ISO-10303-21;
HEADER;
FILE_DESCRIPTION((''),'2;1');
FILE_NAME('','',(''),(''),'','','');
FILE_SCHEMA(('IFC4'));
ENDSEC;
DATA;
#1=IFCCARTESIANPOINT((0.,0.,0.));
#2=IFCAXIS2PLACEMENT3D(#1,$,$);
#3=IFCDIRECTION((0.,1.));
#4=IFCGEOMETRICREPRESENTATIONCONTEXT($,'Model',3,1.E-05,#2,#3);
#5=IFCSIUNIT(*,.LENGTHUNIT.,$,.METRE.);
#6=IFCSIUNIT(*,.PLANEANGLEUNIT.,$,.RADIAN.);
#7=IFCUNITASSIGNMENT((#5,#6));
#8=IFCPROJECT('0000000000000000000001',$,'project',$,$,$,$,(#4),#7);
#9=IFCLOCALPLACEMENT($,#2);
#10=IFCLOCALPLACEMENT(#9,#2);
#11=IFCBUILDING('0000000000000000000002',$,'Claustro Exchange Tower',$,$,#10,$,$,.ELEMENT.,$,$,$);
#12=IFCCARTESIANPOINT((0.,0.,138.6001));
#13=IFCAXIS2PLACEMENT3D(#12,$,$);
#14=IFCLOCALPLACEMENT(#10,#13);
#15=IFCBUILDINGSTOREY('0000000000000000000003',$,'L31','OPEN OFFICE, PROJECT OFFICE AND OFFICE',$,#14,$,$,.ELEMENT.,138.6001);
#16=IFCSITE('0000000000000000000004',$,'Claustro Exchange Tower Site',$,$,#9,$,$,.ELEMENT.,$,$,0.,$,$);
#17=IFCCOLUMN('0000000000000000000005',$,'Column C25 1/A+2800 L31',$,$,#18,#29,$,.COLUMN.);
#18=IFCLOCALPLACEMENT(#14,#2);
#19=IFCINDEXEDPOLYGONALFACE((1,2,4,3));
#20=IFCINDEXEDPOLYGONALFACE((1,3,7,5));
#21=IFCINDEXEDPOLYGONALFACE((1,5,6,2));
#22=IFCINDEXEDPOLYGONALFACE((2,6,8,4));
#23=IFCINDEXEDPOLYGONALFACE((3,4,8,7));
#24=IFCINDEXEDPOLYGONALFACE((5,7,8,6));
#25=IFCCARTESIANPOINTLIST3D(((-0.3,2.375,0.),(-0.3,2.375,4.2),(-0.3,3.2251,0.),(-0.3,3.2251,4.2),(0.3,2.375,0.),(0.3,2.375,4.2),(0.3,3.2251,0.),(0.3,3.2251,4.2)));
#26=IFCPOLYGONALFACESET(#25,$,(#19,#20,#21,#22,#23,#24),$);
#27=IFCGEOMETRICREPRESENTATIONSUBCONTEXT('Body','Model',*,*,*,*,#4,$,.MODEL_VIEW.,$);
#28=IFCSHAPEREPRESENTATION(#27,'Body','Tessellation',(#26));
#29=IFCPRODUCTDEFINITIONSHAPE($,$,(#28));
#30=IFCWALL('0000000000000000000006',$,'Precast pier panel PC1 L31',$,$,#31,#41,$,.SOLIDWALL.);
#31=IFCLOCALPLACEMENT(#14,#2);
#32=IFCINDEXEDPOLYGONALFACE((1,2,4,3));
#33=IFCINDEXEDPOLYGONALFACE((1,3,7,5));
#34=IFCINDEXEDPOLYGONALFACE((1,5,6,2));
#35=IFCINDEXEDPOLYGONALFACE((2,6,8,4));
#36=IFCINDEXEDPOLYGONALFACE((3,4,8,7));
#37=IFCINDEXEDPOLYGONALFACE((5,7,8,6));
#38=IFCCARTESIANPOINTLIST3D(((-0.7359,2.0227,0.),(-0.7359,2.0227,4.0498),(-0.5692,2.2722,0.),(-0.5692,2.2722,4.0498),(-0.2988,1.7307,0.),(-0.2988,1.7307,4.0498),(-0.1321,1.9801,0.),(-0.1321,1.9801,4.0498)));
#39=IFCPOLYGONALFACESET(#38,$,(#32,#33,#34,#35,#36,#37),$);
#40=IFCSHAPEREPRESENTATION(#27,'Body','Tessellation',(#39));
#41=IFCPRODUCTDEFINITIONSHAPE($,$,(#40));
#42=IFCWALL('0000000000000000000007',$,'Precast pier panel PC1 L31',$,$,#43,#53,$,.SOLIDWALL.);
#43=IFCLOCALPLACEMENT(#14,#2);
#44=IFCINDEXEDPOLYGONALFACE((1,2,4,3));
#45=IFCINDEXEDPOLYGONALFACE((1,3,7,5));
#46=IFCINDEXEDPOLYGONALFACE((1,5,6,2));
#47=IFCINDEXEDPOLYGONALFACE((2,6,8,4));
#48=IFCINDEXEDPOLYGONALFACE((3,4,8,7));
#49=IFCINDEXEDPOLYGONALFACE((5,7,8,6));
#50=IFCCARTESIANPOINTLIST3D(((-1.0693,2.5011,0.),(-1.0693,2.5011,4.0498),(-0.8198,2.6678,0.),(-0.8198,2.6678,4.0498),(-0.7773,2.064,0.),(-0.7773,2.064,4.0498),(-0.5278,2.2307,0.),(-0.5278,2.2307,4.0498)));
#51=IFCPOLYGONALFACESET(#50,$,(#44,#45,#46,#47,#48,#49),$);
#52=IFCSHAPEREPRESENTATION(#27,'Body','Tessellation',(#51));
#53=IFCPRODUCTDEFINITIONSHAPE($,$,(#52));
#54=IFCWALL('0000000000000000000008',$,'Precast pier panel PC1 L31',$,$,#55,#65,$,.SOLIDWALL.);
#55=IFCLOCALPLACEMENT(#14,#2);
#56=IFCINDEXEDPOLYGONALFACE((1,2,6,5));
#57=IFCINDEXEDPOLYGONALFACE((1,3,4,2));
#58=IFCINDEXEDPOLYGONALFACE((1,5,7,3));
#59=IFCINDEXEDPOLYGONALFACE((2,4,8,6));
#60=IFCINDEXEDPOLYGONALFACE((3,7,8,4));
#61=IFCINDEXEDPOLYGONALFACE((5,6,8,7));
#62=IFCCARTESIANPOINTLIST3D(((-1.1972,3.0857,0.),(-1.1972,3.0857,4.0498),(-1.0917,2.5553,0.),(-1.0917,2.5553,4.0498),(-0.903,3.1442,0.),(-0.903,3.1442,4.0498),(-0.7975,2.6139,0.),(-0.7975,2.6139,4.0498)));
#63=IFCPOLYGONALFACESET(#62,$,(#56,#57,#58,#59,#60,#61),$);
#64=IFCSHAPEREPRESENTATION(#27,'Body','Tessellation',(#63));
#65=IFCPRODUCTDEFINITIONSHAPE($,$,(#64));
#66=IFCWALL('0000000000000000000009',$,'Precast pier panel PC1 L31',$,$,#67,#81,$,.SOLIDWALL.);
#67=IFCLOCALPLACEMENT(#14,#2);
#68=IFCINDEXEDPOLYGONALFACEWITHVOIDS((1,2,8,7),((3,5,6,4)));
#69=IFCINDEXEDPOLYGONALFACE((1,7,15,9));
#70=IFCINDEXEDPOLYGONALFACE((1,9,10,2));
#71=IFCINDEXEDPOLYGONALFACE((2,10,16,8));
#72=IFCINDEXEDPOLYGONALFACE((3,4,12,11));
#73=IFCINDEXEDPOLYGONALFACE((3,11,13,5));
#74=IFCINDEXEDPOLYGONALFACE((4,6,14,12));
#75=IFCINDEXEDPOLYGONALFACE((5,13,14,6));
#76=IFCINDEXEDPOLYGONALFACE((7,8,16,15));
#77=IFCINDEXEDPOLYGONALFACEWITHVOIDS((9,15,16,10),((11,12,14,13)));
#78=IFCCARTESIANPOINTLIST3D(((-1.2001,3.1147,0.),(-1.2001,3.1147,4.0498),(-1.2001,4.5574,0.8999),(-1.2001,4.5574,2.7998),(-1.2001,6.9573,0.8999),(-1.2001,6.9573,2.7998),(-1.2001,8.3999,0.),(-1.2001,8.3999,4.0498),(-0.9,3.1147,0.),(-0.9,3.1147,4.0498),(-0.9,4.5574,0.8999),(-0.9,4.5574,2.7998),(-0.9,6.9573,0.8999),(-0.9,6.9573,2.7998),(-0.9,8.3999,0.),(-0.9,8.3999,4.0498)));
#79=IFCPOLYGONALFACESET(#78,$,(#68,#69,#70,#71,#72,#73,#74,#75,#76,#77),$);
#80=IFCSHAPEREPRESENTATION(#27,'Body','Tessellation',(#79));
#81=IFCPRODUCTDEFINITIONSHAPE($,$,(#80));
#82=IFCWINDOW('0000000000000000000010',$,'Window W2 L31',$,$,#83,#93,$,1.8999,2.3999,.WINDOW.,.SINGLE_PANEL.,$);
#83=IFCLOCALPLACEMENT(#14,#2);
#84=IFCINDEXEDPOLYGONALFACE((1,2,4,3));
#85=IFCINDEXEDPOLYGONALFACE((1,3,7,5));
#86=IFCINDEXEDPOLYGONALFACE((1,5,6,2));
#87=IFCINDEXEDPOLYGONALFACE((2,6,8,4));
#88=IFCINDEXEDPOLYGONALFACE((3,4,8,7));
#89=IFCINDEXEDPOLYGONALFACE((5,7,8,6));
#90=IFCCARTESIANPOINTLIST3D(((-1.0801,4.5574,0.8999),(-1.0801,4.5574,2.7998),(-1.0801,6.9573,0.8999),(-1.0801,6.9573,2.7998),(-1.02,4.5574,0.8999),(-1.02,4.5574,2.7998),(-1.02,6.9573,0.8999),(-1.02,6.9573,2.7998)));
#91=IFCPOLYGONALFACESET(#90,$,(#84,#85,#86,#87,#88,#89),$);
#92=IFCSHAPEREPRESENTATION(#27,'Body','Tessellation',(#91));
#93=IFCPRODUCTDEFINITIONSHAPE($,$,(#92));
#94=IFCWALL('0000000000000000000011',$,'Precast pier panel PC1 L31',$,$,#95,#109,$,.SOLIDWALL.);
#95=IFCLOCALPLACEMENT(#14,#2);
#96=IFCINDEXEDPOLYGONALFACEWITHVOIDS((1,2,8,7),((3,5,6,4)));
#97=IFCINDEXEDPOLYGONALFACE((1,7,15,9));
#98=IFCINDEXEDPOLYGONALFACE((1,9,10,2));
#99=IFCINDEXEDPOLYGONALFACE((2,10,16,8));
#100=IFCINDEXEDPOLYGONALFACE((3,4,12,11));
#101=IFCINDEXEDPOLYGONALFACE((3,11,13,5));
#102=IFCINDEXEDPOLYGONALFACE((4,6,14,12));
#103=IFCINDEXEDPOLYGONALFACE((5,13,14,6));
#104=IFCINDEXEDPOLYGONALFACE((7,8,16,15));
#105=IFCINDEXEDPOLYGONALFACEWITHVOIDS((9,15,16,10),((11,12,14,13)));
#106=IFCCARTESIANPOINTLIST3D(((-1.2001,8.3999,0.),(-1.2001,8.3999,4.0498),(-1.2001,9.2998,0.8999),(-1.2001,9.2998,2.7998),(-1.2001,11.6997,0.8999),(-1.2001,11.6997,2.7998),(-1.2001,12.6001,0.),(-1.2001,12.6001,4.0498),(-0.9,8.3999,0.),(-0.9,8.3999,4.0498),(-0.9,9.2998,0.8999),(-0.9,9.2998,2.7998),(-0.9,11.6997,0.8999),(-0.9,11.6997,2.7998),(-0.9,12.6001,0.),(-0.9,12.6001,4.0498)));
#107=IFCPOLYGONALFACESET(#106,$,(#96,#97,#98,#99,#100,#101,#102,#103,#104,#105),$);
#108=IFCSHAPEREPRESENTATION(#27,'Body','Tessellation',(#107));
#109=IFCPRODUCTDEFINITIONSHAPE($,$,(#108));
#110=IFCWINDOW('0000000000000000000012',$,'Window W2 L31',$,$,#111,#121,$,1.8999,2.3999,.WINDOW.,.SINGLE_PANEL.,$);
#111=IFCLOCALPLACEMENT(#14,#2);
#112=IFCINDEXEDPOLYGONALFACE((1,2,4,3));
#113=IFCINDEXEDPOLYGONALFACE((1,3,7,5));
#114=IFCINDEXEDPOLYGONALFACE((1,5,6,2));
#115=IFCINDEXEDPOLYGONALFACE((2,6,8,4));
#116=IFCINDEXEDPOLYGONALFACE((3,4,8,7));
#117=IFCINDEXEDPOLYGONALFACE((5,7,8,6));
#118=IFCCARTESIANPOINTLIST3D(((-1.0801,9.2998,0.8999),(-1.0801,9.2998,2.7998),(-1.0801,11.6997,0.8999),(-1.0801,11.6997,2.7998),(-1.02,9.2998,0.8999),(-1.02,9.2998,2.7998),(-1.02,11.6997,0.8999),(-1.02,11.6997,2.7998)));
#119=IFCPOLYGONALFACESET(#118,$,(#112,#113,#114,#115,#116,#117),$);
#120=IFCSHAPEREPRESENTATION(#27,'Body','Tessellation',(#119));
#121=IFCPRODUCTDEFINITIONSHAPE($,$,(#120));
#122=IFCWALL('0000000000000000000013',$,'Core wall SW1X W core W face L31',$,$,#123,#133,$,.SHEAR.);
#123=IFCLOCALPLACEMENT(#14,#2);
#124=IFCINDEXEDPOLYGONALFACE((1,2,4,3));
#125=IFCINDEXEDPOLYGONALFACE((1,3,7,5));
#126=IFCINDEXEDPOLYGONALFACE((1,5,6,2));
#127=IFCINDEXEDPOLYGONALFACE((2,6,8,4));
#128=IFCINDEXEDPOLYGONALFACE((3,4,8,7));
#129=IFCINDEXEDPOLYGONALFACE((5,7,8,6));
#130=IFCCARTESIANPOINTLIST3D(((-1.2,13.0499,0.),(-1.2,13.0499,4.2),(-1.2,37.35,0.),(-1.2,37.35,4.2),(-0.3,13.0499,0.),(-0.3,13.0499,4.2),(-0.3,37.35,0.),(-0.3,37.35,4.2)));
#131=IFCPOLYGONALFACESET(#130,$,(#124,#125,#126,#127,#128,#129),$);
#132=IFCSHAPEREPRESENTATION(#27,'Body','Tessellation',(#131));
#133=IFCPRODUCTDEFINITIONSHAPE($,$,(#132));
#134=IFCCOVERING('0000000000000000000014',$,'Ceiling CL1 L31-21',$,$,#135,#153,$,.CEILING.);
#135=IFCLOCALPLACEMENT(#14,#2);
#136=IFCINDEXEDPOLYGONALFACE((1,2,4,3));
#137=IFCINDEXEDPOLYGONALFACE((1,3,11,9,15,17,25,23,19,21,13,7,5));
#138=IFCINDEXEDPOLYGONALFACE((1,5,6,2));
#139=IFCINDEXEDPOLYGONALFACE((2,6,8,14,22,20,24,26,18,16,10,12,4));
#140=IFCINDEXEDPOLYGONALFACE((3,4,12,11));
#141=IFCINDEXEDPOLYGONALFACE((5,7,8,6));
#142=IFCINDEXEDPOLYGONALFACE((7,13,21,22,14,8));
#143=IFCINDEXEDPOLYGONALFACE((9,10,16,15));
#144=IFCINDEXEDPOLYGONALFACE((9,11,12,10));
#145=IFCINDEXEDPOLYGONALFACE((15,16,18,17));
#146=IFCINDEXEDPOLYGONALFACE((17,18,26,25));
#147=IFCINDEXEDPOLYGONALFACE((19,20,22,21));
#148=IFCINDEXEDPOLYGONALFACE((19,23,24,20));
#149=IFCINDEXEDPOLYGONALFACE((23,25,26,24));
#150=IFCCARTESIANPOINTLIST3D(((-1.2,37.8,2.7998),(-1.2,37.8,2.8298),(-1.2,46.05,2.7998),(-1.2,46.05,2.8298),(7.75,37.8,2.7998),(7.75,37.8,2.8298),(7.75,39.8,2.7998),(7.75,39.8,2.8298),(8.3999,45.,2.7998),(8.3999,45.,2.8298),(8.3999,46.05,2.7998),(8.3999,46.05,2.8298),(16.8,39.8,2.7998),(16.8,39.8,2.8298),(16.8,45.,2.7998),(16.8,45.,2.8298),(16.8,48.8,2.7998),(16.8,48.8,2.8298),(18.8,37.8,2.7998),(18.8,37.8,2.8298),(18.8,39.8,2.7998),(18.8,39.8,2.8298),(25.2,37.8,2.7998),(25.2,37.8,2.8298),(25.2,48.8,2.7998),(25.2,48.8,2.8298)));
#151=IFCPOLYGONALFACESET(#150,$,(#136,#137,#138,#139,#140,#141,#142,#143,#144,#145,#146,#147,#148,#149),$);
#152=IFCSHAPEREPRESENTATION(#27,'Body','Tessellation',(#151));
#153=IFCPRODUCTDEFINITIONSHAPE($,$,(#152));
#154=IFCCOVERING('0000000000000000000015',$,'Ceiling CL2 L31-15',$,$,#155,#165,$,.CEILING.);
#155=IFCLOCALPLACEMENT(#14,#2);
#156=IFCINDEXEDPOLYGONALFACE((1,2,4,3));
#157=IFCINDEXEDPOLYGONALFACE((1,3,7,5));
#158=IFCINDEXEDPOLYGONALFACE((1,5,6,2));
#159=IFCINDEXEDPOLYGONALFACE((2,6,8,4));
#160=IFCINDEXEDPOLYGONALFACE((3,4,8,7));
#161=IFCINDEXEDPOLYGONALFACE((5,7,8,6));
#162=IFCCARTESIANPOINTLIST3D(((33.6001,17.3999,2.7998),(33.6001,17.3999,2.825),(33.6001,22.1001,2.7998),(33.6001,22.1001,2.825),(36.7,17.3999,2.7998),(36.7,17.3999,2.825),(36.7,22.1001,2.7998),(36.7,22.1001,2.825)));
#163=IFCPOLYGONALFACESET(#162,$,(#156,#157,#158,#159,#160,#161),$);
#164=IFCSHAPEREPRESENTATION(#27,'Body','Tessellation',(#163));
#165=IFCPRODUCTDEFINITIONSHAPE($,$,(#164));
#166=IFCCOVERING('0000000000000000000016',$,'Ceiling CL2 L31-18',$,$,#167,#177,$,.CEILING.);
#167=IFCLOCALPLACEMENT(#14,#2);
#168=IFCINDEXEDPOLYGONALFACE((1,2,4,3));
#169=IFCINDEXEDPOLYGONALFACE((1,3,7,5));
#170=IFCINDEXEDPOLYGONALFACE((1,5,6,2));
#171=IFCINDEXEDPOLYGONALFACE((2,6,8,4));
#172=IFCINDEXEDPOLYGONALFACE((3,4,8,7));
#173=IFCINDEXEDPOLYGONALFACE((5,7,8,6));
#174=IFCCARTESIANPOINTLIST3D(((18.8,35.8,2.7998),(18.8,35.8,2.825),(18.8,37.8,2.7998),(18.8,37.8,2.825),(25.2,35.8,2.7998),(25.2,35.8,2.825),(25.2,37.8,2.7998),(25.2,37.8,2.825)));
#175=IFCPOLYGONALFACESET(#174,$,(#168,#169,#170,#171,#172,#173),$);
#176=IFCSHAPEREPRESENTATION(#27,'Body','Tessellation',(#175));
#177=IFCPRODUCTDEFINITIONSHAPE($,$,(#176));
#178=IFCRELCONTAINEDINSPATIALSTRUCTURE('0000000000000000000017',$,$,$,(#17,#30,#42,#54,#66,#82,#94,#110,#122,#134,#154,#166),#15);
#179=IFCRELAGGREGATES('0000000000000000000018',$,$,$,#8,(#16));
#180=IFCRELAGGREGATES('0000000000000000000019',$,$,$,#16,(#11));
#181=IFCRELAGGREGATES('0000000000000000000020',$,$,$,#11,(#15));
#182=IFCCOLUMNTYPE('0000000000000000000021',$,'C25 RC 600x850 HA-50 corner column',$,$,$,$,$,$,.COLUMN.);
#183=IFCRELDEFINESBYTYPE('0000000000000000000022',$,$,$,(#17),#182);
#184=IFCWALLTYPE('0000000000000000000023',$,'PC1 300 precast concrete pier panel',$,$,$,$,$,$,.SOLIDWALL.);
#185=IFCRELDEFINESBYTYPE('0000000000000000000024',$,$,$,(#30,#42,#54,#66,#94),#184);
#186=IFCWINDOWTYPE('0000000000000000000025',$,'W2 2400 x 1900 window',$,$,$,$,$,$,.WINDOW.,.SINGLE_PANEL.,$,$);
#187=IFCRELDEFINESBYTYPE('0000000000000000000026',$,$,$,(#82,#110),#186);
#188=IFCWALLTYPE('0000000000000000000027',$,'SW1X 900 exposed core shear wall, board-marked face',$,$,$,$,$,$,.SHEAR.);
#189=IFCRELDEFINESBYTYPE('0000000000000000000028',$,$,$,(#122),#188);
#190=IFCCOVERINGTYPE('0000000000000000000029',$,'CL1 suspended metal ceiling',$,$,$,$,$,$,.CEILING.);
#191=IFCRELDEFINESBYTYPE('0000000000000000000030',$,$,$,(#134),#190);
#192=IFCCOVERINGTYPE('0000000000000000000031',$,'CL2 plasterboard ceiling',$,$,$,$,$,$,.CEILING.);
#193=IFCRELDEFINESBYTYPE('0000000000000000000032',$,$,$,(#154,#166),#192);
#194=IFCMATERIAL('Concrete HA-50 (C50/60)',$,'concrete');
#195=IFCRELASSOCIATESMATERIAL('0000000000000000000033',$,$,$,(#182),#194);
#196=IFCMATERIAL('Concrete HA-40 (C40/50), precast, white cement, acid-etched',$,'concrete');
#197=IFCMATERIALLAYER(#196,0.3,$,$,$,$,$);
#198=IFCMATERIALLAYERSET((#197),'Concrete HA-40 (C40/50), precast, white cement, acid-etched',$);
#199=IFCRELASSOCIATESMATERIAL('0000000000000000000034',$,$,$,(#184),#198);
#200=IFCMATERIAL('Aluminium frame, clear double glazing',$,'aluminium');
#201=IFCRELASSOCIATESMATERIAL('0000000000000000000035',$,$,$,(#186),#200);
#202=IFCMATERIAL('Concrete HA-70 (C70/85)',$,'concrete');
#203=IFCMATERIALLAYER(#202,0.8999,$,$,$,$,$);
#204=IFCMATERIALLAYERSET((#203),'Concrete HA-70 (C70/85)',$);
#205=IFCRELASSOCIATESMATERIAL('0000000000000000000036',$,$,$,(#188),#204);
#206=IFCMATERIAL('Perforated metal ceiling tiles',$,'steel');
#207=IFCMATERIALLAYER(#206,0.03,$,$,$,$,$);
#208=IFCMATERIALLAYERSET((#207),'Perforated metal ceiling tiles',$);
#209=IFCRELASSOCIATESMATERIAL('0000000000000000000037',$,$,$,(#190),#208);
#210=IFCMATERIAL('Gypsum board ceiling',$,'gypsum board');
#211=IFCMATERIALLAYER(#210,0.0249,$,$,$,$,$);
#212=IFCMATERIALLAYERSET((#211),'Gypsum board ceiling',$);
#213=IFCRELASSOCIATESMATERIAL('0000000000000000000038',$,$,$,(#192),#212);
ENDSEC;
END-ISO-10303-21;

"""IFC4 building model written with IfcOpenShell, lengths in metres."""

from ifc_helpers import new_model, si_unit, direction, frame, frame_2d, origin, origin_2d, place, context, subcontext, project, spatial, polyline, rectangle, outline, extrude, material, layer, layer_set, material_profile, profile_set, type_object, element, fill, save


model = new_model("IFC4")

# Units and contexts
model_context = context("Model", 3, precision=1e-05, world=origin(), true_north=direction((0.0, 1.0)))
body_context = subcontext(model_context, "Body", "Model", "MODEL_VIEW")
ifc_project = project(units=[si_unit("LENGTHUNIT", "METRE"), si_unit("PLANEANGLEUNIT", "RADIAN")], contexts=[model_context])

# Site, building, storey
site_placement = place(None, origin())
site = spatial("IfcSite", under=ifc_project, at=site_placement, Name="Claustro Exchange Tower Site", CompositionType="ELEMENT", RefElevation=0.0)
building_placement = place(site_placement, origin())
building = spatial("IfcBuilding", under=site, at=building_placement, Name="Claustro Exchange Tower", CompositionType="ELEMENT")
storey_placement = place(building_placement, frame((0.0, 0.0, 138.6001)))
storey = spatial("IfcBuildingStorey", under=building, at=storey_placement, Name="L31", Description="OPEN OFFICE, PROJECT OFFICE AND OFFICE", CompositionType="ELEMENT", Elevation=138.6001)

# Column
ifc_material_1 = material(Name="Concrete HA-50 (C50/60)", Category="concrete")
ifc_material_profile = material_profile(ifc_material_1, rectangle(XDim=0.6001, YDim=0.8501, at=origin_2d()), Name="RC 600x850")
ifc_profile_set = profile_set([ifc_material_profile], Name="Concrete HA-50 (C50/60)")
column_type = type_object("IfcColumnType", Name="C25 RC 600x850 HA-50 corner column", PredefinedType="COLUMN", material=ifc_profile_set)
column_placement = place(storey_placement, frame((0.0, 2.8, 0.0), z_axis=(0.0, 0.0, 1.0), x_axis=(1.0, 0.0, 0.0)))
element("IfcColumn", 1, at=column_placement, inside=storey, type_object=column_type, Name="Column C25 1/A+2800 L31", PredefinedType="COLUMN", context=body_context, shape_type="SweptSolid", body=[
    extrude(rectangle(XDim=0.6001, YDim=0.8501, at=origin_2d()), origin(), (0.0, 0.0, 1.0), 4.2),
])

# Walls
ifc_material_2 = material(Name="Concrete HA-40 (C40/50), precast, white cement, acid-etched", Category="concrete")
ifc_layer_1 = layer(ifc_material_2, 0.3)
ifc_layer_set_1 = layer_set([ifc_layer_1], Name="Concrete HA-40 (C40/50), precast, white cement, acid-etched")
wall_type_1 = type_object("IfcWallType", Name="PC1 300 precast concrete pier panel", PredefinedType="SOLIDWALL", material=ifc_layer_set_1)
for number, where, z_axis, x_axis, name in (
    (2, (-0.2156, 1.8555, 0.0), (0.0, 0.0, 1.0), (-0.831478, 0.555557, 0.0), "Precast pier panel PC1 L31"),
    (3, (-0.6526, 2.1475, 0.0), (0.0, 0.0, 1.0), (-0.555557, 0.831478, 0.0), "Precast pier panel PC1 L31"),
):
    element("IfcWall", number, at=place(storey_placement, frame(where, z_axis=z_axis, x_axis=x_axis)), inside=storey, type_object=wall_type_1, Name=name, PredefinedType="SOLIDWALL", context=body_context, shape_type="SweptSolid", body=[
        extrude(rectangle(XDim=0.5256, YDim=0.3, at=frame_2d((0.2627, 0.0))), origin(), (0.0, 0.0, 1.0), 4.0498),
    ])
wall_1_placement = place(storey_placement, frame((-0.9446, 2.5845, 0.0), z_axis=(0.0, 0.0, 1.0), x_axis=(-0.195074, 0.980789, 0.0)))
element("IfcWall", 4, at=wall_1_placement, inside=storey, type_object=wall_type_1, Name="Precast pier panel PC1 L31", PredefinedType="SOLIDWALL", context=body_context, shape_type="SweptSolid", body=[
    extrude(rectangle(XDim=0.5408, YDim=0.3, at=frame_2d((0.2705, 0.0))), origin(), (0.0, 0.0, 1.0), 4.0498),
])

# Walls, openings, windows
wall_2_placement = place(storey_placement, frame((-1.05, 3.1147, 0.0), z_axis=(0.0, 0.0, 1.0), x_axis=(0.0, 1.0, 0.0)))
wall_2 = element("IfcWall", 5, at=wall_2_placement, inside=storey, type_object=wall_type_1, Name="Precast pier panel PC1 L31", PredefinedType="SOLIDWALL", context=body_context, shape_type="SweptSolid", body=[
    extrude(rectangle(XDim=5.2852, YDim=0.3, at=frame_2d((2.6426, 0.0))), origin(), (0.0, 0.0, 1.0), 4.0498),
])
opening_1_placement = place(wall_2_placement, frame((1.4426, 0.0, 0.8999)))
opening_1 = element("IfcOpeningElement", 6, at=opening_1_placement, cuts=wall_2, PredefinedType="OPENING", context=body_context, shape_type="SweptSolid", body=[
    extrude(rectangle(XDim=2.3999, YDim=1.8999, at=frame_2d((1.2, 0.95))), frame((0.0, 0.1599, 0.0), z_axis=(0.0, -1.0, 0.0), x_axis=(1.0, 0.0, 0.0)), (0.0, 0.0, 1.0), 0.3201),
])
ifc_material_3 = material(Name="Aluminium frame, clear double glazing", Category="aluminium")
window_type = type_object("IfcWindowType", Name="W2 2400 x 1900 window", PartitioningType="SINGLE_PANEL", PredefinedType="WINDOW", material=ifc_material_3)
window_1_placement = place(opening_1_placement, origin())
window_1 = element("IfcWindow", 7, at=window_1_placement, inside=storey, type_object=window_type, Name="Window W2 L31", OverallHeight=1.8999, OverallWidth=2.3999, PartitioningType="SINGLE_PANEL", PredefinedType="WINDOW", context=body_context, shape_type="SweptSolid", body=[
    extrude(rectangle(XDim=2.3999, YDim=1.8999, at=frame_2d((1.2, 0.95))), frame((0.0, 0.03, 0.0), z_axis=(0.0, -1.0, 0.0), x_axis=(1.0, 0.0, 0.0)), (0.0, 0.0, 1.0), 0.0601),
])
fill(opening_1, window_1)
wall_3_placement = place(storey_placement, frame((-1.05, 8.3999, 0.0), z_axis=(0.0, 0.0, 1.0), x_axis=(0.0, 1.0, 0.0)))
wall_3 = element("IfcWall", 8, at=wall_3_placement, inside=storey, type_object=wall_type_1, Name="Precast pier panel PC1 L31", PredefinedType="SOLIDWALL", context=body_context, shape_type="SweptSolid", body=[
    extrude(rectangle(XDim=4.2002, YDim=0.3, at=frame_2d((2.1001, 0.0))), origin(), (0.0, 0.0, 1.0), 4.0498),
])
opening_2_placement = place(wall_3_placement, frame((0.8999, 0.0, 0.8999)))
opening_2 = element("IfcOpeningElement", 9, at=opening_2_placement, cuts=wall_3, PredefinedType="OPENING", context=body_context, shape_type="SweptSolid", body=[
    extrude(rectangle(XDim=2.3999, YDim=1.8999, at=frame_2d((1.2, 0.95))), frame((0.0, 0.1599, 0.0), z_axis=(0.0, -1.0, 0.0), x_axis=(1.0, 0.0, 0.0)), (0.0, 0.0, 1.0), 0.3201),
])
window_2_placement = place(opening_2_placement, origin())
window_2 = element("IfcWindow", 10, at=window_2_placement, inside=storey, type_object=window_type, Name="Window W2 L31", OverallHeight=1.8999, OverallWidth=2.3999, PartitioningType="SINGLE_PANEL", PredefinedType="WINDOW", context=body_context, shape_type="SweptSolid", body=[
    extrude(rectangle(XDim=2.3999, YDim=1.8999, at=frame_2d((1.2, 0.95))), frame((0.0, 0.03, 0.0), z_axis=(0.0, -1.0, 0.0), x_axis=(1.0, 0.0, 0.0)), (0.0, 0.0, 1.0), 0.0601),
])
fill(opening_2, window_2)

# Wall
ifc_material_4 = material(Name="Concrete HA-70 (C70/85)", Category="concrete")
ifc_layer_2 = layer(ifc_material_4, 0.8999)
ifc_layer_set_2 = layer_set([ifc_layer_2], Name="Concrete HA-70 (C70/85)")
wall_type_2 = type_object("IfcWallType", Name="SW1X 900 exposed core shear wall, board-marked face", PredefinedType="SHEAR", material=ifc_layer_set_2)
wall_4_placement = place(storey_placement, frame((-0.75, 13.05, 0.0), z_axis=(0.0, 0.0, 1.0), x_axis=(0.0, 1.0, 0.0)))
element("IfcWall", 11, at=wall_4_placement, inside=storey, type_object=wall_type_2, Name="Core wall SW1X W core W face L31", PredefinedType="SHEAR", context=body_context, shape_type="SweptSolid", body=[
    extrude(rectangle(XDim=24.3, YDim=0.8999, at=frame_2d((12.1499, 0.0))), origin(), (0.0, 0.0, 1.0), 4.2),
])

# Coverings
ifc_material_5 = material(Name="Perforated metal ceiling tiles", Category="steel")
ifc_layer_3 = layer(ifc_material_5, 0.03)
ifc_layer_set_3 = layer_set([ifc_layer_3], Name="Perforated metal ceiling tiles")
covering_type_1 = type_object("IfcCoveringType", Name="CL1 suspended metal ceiling", PredefinedType="CEILING", material=ifc_layer_set_3)
covering_1_placement = place(storey_placement, frame((0.0, 0.0, 2.7998)))
element("IfcCovering", 12, at=covering_1_placement, inside=storey, type_object=covering_type_1, Name="Ceiling CL1 L31-21", PredefinedType="CEILING", context=body_context, shape_type="SweptSolid", body=[
    extrude(outline(polyline([(-1.2, 46.05), (-1.2, 37.8), (7.75, 37.8), (7.75, 39.8), (16.8, 39.8), (18.8, 39.8), (18.8, 37.8), (25.2, 37.8), (25.2, 48.8), (16.8, 48.8), (16.8, 45.0), (8.3999, 45.0), (8.3999, 46.05), (-1.2, 46.05)])), origin(), (0.0, 0.0, 1.0), 0.03),
])
ifc_material_6 = material(Name="Gypsum board ceiling", Category="gypsum board")
ifc_layer_4 = layer(ifc_material_6, 0.0249)
ifc_layer_set_4 = layer_set([ifc_layer_4], Name="Gypsum board ceiling")
covering_type_2 = type_object("IfcCoveringType", Name="CL2 plasterboard ceiling", PredefinedType="CEILING", material=ifc_layer_set_4)
covering_2_placement = place(storey_placement, frame((0.0, 0.0, 2.7998)))
element("IfcCovering", 13, at=covering_2_placement, inside=storey, type_object=covering_type_2, Name="Ceiling CL2 L31-15", PredefinedType="CEILING", context=body_context, shape_type="SweptSolid", body=[
    extrude(outline(polyline([(36.7, 17.3999), (36.7, 22.1001), (33.6001, 22.1001), (33.6001, 17.3999), (36.7, 17.3999)])), origin(), (0.0, 0.0, 1.0), 0.0251),
])
covering_3_placement = place(storey_placement, frame((0.0, 0.0, 2.7998)))
element("IfcCovering", 14, at=covering_3_placement, inside=storey, type_object=covering_type_2, Name="Ceiling CL2 L31-18", PredefinedType="CEILING", context=body_context, shape_type="SweptSolid", body=[
    extrude(outline(polyline([(18.8, 35.8), (25.2, 35.8), (25.2, 37.8), (18.8, 37.8), (18.8, 35.8)])), origin(), (0.0, 0.0, 1.0), 0.0251),
])

save(model, "model.ifc")
